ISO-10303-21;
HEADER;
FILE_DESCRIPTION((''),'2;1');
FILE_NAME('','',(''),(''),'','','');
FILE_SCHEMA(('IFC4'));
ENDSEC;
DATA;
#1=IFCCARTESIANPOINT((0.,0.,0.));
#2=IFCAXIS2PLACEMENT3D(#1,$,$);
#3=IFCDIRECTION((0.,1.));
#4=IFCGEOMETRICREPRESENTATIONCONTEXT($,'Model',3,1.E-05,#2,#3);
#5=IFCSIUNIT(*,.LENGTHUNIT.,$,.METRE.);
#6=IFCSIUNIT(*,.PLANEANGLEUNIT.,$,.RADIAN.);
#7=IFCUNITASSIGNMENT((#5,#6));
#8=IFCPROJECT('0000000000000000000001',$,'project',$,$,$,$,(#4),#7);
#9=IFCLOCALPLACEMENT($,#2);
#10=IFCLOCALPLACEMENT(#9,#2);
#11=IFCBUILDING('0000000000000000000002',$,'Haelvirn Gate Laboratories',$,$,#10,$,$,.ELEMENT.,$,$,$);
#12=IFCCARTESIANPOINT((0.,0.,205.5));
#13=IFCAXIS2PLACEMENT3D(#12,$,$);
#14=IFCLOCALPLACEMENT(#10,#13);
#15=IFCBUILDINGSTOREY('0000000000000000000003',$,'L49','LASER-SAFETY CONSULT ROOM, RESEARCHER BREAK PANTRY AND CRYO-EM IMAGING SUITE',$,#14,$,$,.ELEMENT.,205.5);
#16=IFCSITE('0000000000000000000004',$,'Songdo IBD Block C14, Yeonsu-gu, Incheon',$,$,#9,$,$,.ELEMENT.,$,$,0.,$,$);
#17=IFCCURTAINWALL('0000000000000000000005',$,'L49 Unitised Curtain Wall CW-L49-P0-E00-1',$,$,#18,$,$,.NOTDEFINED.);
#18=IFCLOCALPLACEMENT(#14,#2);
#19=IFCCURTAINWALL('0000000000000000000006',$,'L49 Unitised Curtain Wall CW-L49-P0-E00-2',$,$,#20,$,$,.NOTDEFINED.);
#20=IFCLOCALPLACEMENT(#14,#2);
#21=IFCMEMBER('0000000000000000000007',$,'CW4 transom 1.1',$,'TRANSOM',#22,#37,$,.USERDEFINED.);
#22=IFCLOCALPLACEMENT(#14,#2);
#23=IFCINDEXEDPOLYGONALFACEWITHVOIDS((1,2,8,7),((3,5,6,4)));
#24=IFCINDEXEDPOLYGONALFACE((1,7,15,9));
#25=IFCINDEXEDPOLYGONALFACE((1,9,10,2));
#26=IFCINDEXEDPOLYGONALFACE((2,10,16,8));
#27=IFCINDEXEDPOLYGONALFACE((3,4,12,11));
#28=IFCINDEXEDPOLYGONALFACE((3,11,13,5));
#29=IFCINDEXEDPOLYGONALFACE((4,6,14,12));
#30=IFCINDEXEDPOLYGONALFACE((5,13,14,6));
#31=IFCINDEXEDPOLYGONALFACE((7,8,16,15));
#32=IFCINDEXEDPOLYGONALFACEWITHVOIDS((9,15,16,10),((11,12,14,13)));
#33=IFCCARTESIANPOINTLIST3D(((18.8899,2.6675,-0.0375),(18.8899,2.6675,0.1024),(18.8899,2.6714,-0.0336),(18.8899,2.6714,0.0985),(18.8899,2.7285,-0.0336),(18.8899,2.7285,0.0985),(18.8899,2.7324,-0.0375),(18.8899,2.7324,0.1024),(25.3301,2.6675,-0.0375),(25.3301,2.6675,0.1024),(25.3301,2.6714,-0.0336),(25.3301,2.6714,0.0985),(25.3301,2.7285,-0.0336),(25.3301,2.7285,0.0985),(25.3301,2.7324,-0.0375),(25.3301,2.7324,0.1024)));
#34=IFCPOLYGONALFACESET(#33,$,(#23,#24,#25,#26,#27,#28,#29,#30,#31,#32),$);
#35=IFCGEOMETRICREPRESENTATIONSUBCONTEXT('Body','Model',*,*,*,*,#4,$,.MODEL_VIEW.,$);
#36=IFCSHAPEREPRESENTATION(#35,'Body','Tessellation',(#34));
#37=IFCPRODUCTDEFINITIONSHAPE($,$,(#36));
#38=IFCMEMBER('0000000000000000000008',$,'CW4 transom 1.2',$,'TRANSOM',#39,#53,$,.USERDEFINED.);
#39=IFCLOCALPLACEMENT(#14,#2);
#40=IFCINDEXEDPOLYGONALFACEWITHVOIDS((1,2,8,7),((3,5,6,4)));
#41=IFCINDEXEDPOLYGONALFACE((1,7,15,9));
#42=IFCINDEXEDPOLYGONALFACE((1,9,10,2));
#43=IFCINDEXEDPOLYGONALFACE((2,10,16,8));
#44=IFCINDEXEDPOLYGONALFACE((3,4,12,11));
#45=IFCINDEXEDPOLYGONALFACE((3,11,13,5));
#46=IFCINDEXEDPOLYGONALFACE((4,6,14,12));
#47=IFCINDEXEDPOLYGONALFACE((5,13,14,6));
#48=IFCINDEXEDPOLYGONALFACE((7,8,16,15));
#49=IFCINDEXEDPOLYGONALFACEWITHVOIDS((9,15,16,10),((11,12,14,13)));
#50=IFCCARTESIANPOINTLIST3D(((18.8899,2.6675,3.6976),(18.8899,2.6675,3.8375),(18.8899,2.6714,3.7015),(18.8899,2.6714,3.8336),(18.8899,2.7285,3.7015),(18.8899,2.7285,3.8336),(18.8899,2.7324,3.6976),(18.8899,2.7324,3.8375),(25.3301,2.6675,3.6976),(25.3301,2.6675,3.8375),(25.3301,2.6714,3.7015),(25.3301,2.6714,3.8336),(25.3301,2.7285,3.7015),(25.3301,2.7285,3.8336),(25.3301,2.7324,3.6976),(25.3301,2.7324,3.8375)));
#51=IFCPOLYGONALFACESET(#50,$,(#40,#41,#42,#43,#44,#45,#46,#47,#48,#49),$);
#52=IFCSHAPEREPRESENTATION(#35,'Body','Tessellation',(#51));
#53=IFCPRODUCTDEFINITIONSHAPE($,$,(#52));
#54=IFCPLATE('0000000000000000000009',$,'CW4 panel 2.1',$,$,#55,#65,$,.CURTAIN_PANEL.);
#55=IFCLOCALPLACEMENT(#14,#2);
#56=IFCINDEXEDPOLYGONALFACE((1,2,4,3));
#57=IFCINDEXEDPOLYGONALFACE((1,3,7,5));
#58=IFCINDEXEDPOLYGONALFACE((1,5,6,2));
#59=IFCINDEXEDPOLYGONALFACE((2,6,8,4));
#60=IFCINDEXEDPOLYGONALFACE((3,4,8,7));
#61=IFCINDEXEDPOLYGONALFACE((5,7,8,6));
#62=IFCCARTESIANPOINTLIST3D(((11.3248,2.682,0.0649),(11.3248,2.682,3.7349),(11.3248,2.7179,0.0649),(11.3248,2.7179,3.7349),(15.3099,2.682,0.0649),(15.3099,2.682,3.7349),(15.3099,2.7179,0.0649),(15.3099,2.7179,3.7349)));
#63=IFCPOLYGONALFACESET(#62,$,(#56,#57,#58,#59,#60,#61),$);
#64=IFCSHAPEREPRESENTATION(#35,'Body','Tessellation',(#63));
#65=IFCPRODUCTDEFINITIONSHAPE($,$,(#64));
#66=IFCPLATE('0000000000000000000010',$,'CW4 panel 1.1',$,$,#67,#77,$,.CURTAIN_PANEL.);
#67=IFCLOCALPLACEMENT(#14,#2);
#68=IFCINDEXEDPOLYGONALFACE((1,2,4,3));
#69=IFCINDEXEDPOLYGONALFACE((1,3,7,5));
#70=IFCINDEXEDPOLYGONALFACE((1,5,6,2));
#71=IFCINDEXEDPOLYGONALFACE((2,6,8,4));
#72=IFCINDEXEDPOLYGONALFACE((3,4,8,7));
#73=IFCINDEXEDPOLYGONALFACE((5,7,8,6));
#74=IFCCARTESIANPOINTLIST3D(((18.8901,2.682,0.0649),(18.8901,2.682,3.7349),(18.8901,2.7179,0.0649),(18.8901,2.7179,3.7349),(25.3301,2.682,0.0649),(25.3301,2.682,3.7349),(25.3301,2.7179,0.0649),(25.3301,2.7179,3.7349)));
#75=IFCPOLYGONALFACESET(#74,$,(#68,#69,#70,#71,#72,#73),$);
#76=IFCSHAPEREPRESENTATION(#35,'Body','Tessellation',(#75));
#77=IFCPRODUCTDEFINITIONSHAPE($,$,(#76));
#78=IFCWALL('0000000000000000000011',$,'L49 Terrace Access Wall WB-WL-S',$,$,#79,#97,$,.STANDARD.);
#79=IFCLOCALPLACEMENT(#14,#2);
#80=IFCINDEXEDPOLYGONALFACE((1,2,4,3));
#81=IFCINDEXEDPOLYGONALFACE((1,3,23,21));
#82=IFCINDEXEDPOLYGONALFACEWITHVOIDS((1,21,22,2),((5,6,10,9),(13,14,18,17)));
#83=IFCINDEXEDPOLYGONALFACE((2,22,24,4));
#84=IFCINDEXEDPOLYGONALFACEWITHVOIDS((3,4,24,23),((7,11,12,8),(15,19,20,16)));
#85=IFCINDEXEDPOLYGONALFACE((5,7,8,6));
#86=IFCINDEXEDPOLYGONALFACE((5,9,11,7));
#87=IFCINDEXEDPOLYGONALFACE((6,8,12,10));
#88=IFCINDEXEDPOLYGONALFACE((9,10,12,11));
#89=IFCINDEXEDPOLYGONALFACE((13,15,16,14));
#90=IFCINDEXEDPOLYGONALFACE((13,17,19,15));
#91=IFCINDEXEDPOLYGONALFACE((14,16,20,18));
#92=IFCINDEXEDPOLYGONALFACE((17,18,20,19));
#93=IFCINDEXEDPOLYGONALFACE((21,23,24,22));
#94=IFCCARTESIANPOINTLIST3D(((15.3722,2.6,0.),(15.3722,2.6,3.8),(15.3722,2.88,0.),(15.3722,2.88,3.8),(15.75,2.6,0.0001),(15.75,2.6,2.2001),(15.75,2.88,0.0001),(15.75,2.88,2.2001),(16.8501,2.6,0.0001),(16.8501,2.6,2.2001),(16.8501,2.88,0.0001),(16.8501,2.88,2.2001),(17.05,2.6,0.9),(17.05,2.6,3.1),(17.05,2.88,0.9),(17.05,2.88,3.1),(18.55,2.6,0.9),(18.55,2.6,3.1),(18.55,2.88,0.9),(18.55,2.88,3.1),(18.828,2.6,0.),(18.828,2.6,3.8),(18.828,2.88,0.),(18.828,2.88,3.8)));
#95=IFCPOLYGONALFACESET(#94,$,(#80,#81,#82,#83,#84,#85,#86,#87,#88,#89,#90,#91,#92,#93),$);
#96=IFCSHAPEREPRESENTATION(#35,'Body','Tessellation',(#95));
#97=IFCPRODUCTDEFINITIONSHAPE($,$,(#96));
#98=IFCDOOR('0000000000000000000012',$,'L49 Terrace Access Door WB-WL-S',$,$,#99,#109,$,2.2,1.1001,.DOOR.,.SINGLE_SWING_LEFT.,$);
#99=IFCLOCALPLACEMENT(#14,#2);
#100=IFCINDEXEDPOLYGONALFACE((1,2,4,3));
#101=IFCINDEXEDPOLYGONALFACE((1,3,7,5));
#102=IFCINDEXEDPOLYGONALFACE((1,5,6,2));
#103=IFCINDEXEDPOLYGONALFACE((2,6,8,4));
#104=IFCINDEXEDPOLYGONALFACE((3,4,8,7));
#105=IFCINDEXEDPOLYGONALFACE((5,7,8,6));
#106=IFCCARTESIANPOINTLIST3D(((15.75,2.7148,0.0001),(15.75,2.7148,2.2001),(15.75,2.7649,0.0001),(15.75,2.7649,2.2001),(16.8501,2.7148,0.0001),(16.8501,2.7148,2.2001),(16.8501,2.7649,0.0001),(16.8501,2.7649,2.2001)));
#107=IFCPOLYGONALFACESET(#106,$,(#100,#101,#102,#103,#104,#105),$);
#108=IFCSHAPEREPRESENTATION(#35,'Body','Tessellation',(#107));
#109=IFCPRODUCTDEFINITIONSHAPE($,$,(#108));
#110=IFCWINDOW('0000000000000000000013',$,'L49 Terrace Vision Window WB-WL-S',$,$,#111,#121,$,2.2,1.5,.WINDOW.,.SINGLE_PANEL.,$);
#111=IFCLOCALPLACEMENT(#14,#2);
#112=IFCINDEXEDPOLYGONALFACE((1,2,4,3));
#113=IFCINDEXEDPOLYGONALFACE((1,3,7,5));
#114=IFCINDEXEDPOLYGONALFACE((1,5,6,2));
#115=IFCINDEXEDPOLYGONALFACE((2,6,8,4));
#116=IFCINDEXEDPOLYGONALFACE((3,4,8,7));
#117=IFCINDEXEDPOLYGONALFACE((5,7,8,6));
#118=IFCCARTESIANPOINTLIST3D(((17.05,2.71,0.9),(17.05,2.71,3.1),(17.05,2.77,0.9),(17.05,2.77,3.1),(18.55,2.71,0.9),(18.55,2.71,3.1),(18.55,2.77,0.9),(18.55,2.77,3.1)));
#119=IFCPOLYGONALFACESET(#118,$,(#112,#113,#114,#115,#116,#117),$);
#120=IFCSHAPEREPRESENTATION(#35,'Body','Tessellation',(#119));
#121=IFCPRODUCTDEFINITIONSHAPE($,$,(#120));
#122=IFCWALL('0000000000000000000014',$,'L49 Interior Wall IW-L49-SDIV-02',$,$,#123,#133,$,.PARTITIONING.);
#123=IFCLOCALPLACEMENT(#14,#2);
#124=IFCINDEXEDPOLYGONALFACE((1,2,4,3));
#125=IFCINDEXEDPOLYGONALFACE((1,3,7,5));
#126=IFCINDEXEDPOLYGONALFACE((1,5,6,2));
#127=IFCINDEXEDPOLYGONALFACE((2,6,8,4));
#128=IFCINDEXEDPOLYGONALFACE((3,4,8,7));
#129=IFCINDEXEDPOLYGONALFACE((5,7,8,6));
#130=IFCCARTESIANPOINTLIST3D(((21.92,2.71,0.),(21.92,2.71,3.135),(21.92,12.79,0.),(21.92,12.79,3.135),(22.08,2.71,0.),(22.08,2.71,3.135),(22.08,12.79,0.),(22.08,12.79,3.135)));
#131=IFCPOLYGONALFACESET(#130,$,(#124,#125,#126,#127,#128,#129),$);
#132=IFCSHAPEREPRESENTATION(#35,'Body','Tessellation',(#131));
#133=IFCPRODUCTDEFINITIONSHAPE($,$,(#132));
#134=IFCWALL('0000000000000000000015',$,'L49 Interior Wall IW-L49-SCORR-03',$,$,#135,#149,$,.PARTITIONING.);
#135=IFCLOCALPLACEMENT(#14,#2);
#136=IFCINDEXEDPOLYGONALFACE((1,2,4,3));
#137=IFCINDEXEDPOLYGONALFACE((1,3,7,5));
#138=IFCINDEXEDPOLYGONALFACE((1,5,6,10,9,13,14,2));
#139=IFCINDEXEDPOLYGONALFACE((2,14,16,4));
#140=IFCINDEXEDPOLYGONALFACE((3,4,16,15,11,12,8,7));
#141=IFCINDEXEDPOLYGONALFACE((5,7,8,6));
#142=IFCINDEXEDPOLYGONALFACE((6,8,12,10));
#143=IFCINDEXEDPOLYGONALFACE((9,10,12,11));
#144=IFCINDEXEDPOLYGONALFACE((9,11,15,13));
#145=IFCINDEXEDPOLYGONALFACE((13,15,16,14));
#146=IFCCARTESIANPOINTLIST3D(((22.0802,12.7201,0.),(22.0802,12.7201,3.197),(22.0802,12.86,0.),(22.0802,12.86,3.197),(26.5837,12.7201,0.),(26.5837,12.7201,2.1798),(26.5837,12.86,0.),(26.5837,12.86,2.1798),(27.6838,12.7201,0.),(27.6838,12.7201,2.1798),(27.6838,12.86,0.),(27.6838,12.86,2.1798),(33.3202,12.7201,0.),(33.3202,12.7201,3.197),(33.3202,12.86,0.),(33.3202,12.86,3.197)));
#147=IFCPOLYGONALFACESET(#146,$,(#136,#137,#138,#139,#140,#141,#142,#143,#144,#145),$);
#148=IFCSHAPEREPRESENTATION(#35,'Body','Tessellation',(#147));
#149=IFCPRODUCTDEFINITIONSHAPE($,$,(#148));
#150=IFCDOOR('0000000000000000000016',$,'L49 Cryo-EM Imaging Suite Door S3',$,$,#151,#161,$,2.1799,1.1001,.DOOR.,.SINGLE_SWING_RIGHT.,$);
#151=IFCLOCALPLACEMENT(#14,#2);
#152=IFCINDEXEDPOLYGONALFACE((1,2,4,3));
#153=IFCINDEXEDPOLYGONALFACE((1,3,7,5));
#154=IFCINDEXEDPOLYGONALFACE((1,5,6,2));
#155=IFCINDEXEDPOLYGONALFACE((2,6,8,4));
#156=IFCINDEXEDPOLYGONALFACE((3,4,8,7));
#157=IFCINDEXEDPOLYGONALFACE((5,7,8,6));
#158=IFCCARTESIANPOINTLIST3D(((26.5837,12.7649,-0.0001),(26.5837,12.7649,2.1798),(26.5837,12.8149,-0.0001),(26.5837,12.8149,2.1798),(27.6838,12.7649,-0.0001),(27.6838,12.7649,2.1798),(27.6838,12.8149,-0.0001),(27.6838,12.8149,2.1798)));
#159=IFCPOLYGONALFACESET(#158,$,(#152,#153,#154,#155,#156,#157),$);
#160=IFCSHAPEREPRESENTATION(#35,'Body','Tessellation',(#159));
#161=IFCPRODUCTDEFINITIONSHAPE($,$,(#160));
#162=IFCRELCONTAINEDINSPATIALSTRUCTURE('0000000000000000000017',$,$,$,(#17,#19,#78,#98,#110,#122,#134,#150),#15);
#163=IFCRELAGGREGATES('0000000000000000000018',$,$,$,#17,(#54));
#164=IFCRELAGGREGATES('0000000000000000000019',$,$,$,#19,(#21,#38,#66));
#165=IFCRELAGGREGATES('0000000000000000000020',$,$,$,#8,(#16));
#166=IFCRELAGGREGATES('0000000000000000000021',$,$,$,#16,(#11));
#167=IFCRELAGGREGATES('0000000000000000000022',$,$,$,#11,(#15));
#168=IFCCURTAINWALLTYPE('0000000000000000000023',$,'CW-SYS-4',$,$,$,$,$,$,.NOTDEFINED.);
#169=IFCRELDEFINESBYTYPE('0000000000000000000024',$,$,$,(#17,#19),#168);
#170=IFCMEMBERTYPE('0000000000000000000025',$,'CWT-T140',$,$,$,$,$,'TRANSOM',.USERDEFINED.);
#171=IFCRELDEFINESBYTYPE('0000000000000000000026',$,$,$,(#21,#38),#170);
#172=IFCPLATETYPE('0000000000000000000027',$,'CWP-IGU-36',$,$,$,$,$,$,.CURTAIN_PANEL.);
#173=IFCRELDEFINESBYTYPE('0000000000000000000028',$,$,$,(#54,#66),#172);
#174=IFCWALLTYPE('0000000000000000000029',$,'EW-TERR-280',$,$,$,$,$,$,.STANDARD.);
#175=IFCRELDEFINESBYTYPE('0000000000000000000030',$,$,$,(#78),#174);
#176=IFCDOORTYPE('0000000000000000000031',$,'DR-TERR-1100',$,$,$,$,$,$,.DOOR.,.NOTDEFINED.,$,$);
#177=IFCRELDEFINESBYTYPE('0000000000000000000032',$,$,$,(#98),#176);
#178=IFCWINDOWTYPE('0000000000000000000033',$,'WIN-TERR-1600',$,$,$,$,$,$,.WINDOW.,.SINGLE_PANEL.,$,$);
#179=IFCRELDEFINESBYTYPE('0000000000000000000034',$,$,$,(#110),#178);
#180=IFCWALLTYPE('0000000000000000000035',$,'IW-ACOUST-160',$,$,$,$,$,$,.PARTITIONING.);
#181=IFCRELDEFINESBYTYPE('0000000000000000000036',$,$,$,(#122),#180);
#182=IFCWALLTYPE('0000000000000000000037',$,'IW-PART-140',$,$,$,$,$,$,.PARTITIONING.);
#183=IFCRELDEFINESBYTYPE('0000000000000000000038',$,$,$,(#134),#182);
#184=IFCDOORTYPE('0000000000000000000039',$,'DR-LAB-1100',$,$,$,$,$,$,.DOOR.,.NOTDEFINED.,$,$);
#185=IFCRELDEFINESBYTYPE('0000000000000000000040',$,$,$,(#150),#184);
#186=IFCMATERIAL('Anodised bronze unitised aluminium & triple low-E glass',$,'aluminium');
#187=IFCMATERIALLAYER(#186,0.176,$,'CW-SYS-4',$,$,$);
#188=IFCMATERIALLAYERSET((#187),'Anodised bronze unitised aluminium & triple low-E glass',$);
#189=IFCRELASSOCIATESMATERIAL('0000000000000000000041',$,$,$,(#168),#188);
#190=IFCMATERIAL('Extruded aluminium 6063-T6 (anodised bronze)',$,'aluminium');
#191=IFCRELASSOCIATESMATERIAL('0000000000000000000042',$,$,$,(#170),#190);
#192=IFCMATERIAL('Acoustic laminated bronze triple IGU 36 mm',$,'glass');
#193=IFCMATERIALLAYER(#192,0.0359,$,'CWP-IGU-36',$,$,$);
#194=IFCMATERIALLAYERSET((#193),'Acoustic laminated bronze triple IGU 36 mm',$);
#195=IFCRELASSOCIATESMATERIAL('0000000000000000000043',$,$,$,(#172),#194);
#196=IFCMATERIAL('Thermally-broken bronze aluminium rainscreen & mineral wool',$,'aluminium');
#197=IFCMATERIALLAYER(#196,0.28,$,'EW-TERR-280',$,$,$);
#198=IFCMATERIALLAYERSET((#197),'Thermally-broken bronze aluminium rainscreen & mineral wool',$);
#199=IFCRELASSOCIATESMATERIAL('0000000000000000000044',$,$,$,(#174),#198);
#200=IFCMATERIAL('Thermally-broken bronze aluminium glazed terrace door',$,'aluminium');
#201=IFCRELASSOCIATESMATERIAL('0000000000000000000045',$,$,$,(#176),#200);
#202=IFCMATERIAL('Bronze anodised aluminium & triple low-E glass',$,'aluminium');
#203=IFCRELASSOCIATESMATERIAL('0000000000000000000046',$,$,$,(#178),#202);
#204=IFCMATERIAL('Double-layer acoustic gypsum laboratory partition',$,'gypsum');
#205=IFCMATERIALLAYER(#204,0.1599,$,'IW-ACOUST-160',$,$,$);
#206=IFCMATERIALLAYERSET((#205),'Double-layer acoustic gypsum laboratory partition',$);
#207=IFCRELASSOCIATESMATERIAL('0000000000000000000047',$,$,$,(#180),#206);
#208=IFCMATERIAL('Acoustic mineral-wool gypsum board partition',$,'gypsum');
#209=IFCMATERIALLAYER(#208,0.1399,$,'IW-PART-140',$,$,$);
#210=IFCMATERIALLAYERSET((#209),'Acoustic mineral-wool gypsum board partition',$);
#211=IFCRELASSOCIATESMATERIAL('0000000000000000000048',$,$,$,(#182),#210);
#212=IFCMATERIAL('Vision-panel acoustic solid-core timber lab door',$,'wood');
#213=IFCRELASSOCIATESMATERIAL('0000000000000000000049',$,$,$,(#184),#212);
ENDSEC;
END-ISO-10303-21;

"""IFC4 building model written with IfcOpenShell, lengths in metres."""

from ifc_helpers import new_model, si_unit, direction, frame, frame_2d, origin, origin_2d, place, context, subcontext, project, spatial, rectangle, hollow_rectangle, extrude, source, transform, mapped, material, layer, layer_set, material_profile, profile_set, type_object, type_shapes, element, fill, aggregate, save


model = new_model("IFC4")

# Units and contexts
model_context = context("Model", 3, precision=1e-05, world=origin(), true_north=direction((0.0, 1.0)))
body_context = subcontext(model_context, "Body", "Model", "MODEL_VIEW")
ifc_project = project(units=[si_unit("LENGTHUNIT", "METRE"), si_unit("PLANEANGLEUNIT", "RADIAN")], contexts=[model_context])

# Site, building, storey
site_placement = place(None, origin())
site = spatial("IfcSite", under=ifc_project, at=site_placement, Name="Songdo IBD Block C14, Yeonsu-gu, Incheon", CompositionType="ELEMENT", RefElevation=0.0)
building_placement = place(site_placement, origin())
building = spatial("IfcBuilding", under=site, at=building_placement, Name="Haelvirn Gate Laboratories", CompositionType="ELEMENT")
storey_placement = place(building_placement, frame((0.0, 0.0, 205.5)))
storey = spatial("IfcBuildingStorey", under=building, at=storey_placement, Name="L49", Description="LASER-SAFETY CONSULT ROOM, RESEARCHER BREAK PANTRY AND CRYO-EM IMAGING SUITE", CompositionType="ELEMENT", Elevation=205.5)

# Curtain wall
ifc_material_1 = material(Name="Anodised bronze unitised aluminium & triple low-E glass", Category="aluminium")
ifc_layer_1 = layer(ifc_material_1, 0.176, Name="CW-SYS-4")
ifc_layer_set_1 = layer_set([ifc_layer_1], Name="Anodised bronze unitised aluminium & triple low-E glass")
curtain_wall_type = type_object("IfcCurtainWallType", Name="CW-SYS-4", PredefinedType="NOTDEFINED", material=ifc_layer_set_1)
curtain_wall_1_placement = place(storey_placement, origin())
curtain_wall_1 = element("IfcCurtainWall", 1, at=curtain_wall_1_placement, inside=storey, type_object=curtain_wall_type, Name="L49 Unitised Curtain Wall CW-L49-P0-E00-1", PredefinedType="NOTDEFINED")
ifc_material_2 = material(Name="Extruded aluminium 6063-T6 (anodised bronze)", Category="aluminium")

# Curtain wall, members
curtain_wall_2_placement = place(storey_placement, origin())
curtain_wall_2 = element("IfcCurtainWall", 2, at=curtain_wall_2_placement, inside=storey, type_object=curtain_wall_type, Name="L49 Unitised Curtain Wall CW-L49-P0-E00-2", PredefinedType="NOTDEFINED")
ifc_material_profile_1 = material_profile(ifc_material_2, hollow_rectangle(XDim=0.0649, YDim=0.1399, WallThickness=0.0039, at=origin_2d()), Name="CWT-140x65x4")
ifc_profile_set_1 = profile_set([ifc_material_profile_1], Name="Extruded aluminium 6063-T6 (anodised bronze)")
member_type_1 = type_object("IfcMemberType", Name="CWT-T140", ElementType="TRANSOM", PredefinedType="USERDEFINED", material=ifc_profile_set_1)
shared_shape_1 = source(origin(), body_context, "Body", "SweptSolid", [
    extrude(hollow_rectangle(XDim=0.0649, YDim=0.1399, WallThickness=0.0039, at=origin_2d()), origin(), (0.0, 0.0, 1.0), 6.4402),
])
type_shapes(member_type_1, [shared_shape_1])
member_1_placement = place(storey_placement, frame((18.8899, 2.7, 0.0325), z_axis=(1.0, 0.0, 0.0), x_axis=(0.0, 1.0, 0.0)))
member_1 = element("IfcMember", 3, at=member_1_placement, type_object=member_type_1, Name="CW4 transom 1.1", ObjectType="TRANSOM", PredefinedType="USERDEFINED", context=body_context, shape_type="MappedRepresentation", body=[
    mapped(shared_shape_1, transform((0.0, 0.0, 0.0), scale=1.0)),
])
member_2_placement = place(storey_placement, frame((18.8899, 2.7, 3.7676), z_axis=(1.0, 0.0, 0.0), x_axis=(0.0, 1.0, 0.0)))
member_2 = element("IfcMember", 4, at=member_2_placement, type_object=member_type_1, Name="CW4 transom 1.2", ObjectType="TRANSOM", PredefinedType="USERDEFINED", context=body_context, shape_type="MappedRepresentation", body=[
    mapped(shared_shape_1, transform((0.0, 0.0, 0.0), scale=1.0)),
])

# Plates
ifc_material_3 = material(Name="Acoustic laminated bronze triple IGU 36 mm", Category="glass")
ifc_layer_2 = layer(ifc_material_3, 0.0359, Name="CWP-IGU-36")
ifc_layer_set_2 = layer_set([ifc_layer_2], Name="Acoustic laminated bronze triple IGU 36 mm")
plate_type = type_object("IfcPlateType", Name="CWP-IGU-36", PredefinedType="CURTAIN_PANEL", material=ifc_layer_set_2)
shared_shape_2 = source(origin(), body_context, "Body", "SweptSolid", [
    extrude(rectangle(XDim=3.9851, YDim=0.0359, at=origin_2d()), origin(), (0.0, 0.0, 1.0), 3.6699),
])
plate_1_placement = place(storey_placement, frame((13.3174, 2.7, 0.0649), z_axis=(0.0, 0.0, 1.0), x_axis=(1.0, 0.0, 0.0)))
plate_1 = element("IfcPlate", 5, at=plate_1_placement, type_object=plate_type, Name="CW4 panel 2.1", PredefinedType="CURTAIN_PANEL", context=body_context, shape_type="MappedRepresentation", body=[
    mapped(shared_shape_2, transform((0.0, 0.0, 0.0), scale=1.0)),
])
aggregate(curtain_wall_1, [plate_1])
shared_shape_3 = source(origin(), body_context, "Body", "SweptSolid", [
    extrude(rectangle(XDim=6.4399, YDim=0.0359, at=origin_2d()), origin(), (0.0, 0.0, 1.0), 3.6699),
])
type_shapes(plate_type, [shared_shape_2, shared_shape_3])
plate_2_placement = place(storey_placement, frame((22.1101, 2.7, 0.0649), z_axis=(0.0, 0.0, 1.0), x_axis=(1.0, 0.0, 0.0)))
plate_2 = element("IfcPlate", 6, at=plate_2_placement, type_object=plate_type, Name="CW4 panel 1.1", PredefinedType="CURTAIN_PANEL", context=body_context, shape_type="MappedRepresentation", body=[
    mapped(shared_shape_3, transform((0.0, 0.0, 0.0), scale=1.0)),
])
aggregate(curtain_wall_2, [member_1, member_2, plate_2])

# Wall, openings, door, window
ifc_material_4 = material(Name="Thermally-broken bronze aluminium rainscreen & mineral wool", Category="aluminium")
ifc_layer_3 = layer(ifc_material_4, 0.28, Name="EW-TERR-280")
ifc_layer_set_3 = layer_set([ifc_layer_3], Name="Thermally-broken bronze aluminium rainscreen & mineral wool")
wall_type_1 = type_object("IfcWallType", Name="EW-TERR-280", PredefinedType="STANDARD", material=ifc_layer_set_3)
wall_1_placement = place(storey_placement, frame((15.3721, 2.74, 0.0), z_axis=(0.0, 0.0, 1.0), x_axis=(1.0, 0.0, 0.0)))
wall_1 = element("IfcWall", 7, at=wall_1_placement, inside=storey, type_object=wall_type_1, Name="L49 Terrace Access Wall WB-WL-S", PredefinedType="STANDARD", context=body_context, shape_type="SweptSolid", body=[
    extrude(rectangle(XDim=3.4558, YDim=0.28, at=frame_2d((1.728, 0.0))), origin(), (0.0, 0.0, 1.0), 3.8),
])
opening_1_placement = place(wall_1_placement, frame((0.3779, 0.0, 0.0)))
opening_1 = element("IfcOpeningElement", 8, at=opening_1_placement, cuts=wall_1, PredefinedType="OPENING", context=body_context, shape_type="SweptSolid", body=[
    extrude(rectangle(XDim=1.1001, YDim=2.2, at=frame_2d((0.55, 1.1001))), frame((0.0, 0.1499, 0.0), z_axis=(0.0, -1.0, 0.0), x_axis=(1.0, 0.0, 0.0)), (0.0, 0.0, 1.0), 0.3),
])
opening_2_placement = place(wall_1_placement, frame((1.678, 0.0, 0.8999)))
opening_2 = element("IfcOpeningElement", 9, at=opening_2_placement, cuts=wall_1, PredefinedType="OPENING", context=body_context, shape_type="SweptSolid", body=[
    extrude(rectangle(XDim=1.5, YDim=2.2, at=frame_2d((0.75, 1.1001))), frame((0.0, 0.1499, 0.0), z_axis=(0.0, -1.0, 0.0), x_axis=(1.0, 0.0, 0.0)), (0.0, 0.0, 1.0), 0.3),
])
ifc_material_5 = material(Name="Thermally-broken bronze aluminium glazed terrace door", Category="aluminium")
door_type_1 = type_object("IfcDoorType", Name="DR-TERR-1100", OperationType="NOTDEFINED", PredefinedType="DOOR", material=ifc_material_5)
shared_shape_4 = source(origin(), body_context, "Body", "SweptSolid", [
    extrude(rectangle(XDim=1.1001, YDim=2.2, at=frame_2d((0.55, 1.1001))), frame((0.0, 0.0249, 0.0), z_axis=(0.0, -1.0, 0.0), x_axis=(1.0, 0.0, 0.0)), (0.0, 0.0, 1.0), 0.05),
])
type_shapes(door_type_1, [shared_shape_4])
door_1_placement = place(opening_1_placement, origin())
door_1 = element("IfcDoor", 10, at=door_1_placement, inside=storey, type_object=door_type_1, Name="L49 Terrace Access Door WB-WL-S", OperationType="SINGLE_SWING_LEFT", OverallHeight=2.2, OverallWidth=1.1001, PredefinedType="DOOR", context=body_context, shape_type="MappedRepresentation", body=[
    mapped(shared_shape_4, transform((0.0, 0.0, 0.0), scale=1.0)),
])
fill(opening_1, door_1)
ifc_material_6 = material(Name="Bronze anodised aluminium & triple low-E glass", Category="aluminium")
window_type = type_object("IfcWindowType", Name="WIN-TERR-1600", PartitioningType="SINGLE_PANEL", PredefinedType="WINDOW", material=ifc_material_6)
shared_shape_5 = source(origin(), body_context, "Body", "SweptSolid", [
    extrude(rectangle(XDim=1.5, YDim=2.2, at=frame_2d((0.75, 1.1001))), frame((0.0, 0.03, 0.0), z_axis=(0.0, -1.0, 0.0), x_axis=(1.0, 0.0, 0.0)), (0.0, 0.0, 1.0), 0.0601),
])
type_shapes(window_type, [shared_shape_5])
window_placement = place(opening_2_placement, origin())
window = element("IfcWindow", 11, at=window_placement, inside=storey, type_object=window_type, Name="L49 Terrace Vision Window WB-WL-S", OverallHeight=2.2, OverallWidth=1.5, PartitioningType="SINGLE_PANEL", PredefinedType="WINDOW", context=body_context, shape_type="MappedRepresentation", body=[
    mapped(shared_shape_5, transform((0.0, 0.0, 0.0), scale=1.0)),
])
fill(opening_2, window)

# Wall
ifc_material_7 = material(Name="Double-layer acoustic gypsum laboratory partition", Category="gypsum")
ifc_layer_4 = layer(ifc_material_7, 0.1599, Name="IW-ACOUST-160")
ifc_layer_set_4 = layer_set([ifc_layer_4], Name="Double-layer acoustic gypsum laboratory partition")
wall_type_2 = type_object("IfcWallType", Name="IW-ACOUST-160", PredefinedType="PARTITIONING", material=ifc_layer_set_4)
wall_2_placement = place(storey_placement, frame((22.0, 2.71, 0.0), z_axis=(0.0, 0.0, 1.0), x_axis=(0.0, 1.0, 0.0)))
element("IfcWall", 12, at=wall_2_placement, inside=storey, type_object=wall_type_2, Name="L49 Interior Wall IW-L49-SDIV-02", PredefinedType="PARTITIONING", context=body_context, shape_type="SweptSolid", body=[
    extrude(rectangle(XDim=10.0801, YDim=0.1599, at=frame_2d((5.04, 0.0))), origin(), (0.0, 0.0, 1.0), 3.135),
])

# Wall, opening, door
ifc_material_8 = material(Name="Acoustic mineral-wool gypsum board partition", Category="gypsum")
ifc_layer_5 = layer(ifc_material_8, 0.1399, Name="IW-PART-140")
ifc_layer_set_5 = layer_set([ifc_layer_5], Name="Acoustic mineral-wool gypsum board partition")
wall_type_3 = type_object("IfcWallType", Name="IW-PART-140", PredefinedType="PARTITIONING", material=ifc_layer_set_5)
wall_3_placement = place(storey_placement, frame((22.0801, 12.79, 0.0), z_axis=(0.0, 0.0, 1.0), x_axis=(1.0, 0.0, 0.0)))
wall_3 = element("IfcWall", 13, at=wall_3_placement, inside=storey, type_object=wall_type_3, Name="L49 Interior Wall IW-L49-SCORR-03", PredefinedType="PARTITIONING", context=body_context, shape_type="SweptSolid", body=[
    extrude(rectangle(XDim=11.24, YDim=0.1399, at=frame_2d((5.6201, 0.0))), origin(), (0.0, 0.0, 1.0), 3.197),
])
opening_3_placement = place(wall_3_placement, frame((4.5037, 0.0, 0.0)))
opening_3 = element("IfcOpeningElement", 14, at=opening_3_placement, cuts=wall_3, PredefinedType="OPENING", context=body_context, shape_type="SweptSolid", body=[
    extrude(rectangle(XDim=1.1001, YDim=2.1799, at=frame_2d((0.55, 1.0898))), frame((0.0, 0.0801, 0.0), z_axis=(0.0, -1.0, 0.0), x_axis=(1.0, 0.0, 0.0)), (0.0, 0.0, 1.0), 0.1599),
])
ifc_material_9 = material(Name="Vision-panel acoustic solid-core timber lab door", Category="wood")
door_type_2 = type_object("IfcDoorType", Name="DR-LAB-1100", OperationType="NOTDEFINED", PredefinedType="DOOR", material=ifc_material_9)
shared_shape_6 = source(origin(), body_context, "Body", "SweptSolid", [
    extrude(rectangle(XDim=1.1001, YDim=2.1799, at=frame_2d((0.55, 1.0898))), frame((0.0, 0.0249, 0.0), z_axis=(0.0, -1.0, 0.0), x_axis=(1.0, 0.0, 0.0)), (0.0, 0.0, 1.0), 0.05),
])
type_shapes(door_type_2, [shared_shape_6])
door_2_placement = place(opening_3_placement, origin())
door_2 = element("IfcDoor", 15, at=door_2_placement, inside=storey, type_object=door_type_2, Name="L49 Cryo-EM Imaging Suite Door S3", OperationType="SINGLE_SWING_RIGHT", OverallHeight=2.1799, OverallWidth=1.1001, PredefinedType="DOOR", context=body_context, shape_type="MappedRepresentation", body=[
    mapped(shared_shape_6, transform((0.0, 0.0, 0.0), scale=1.0)),
])
fill(opening_3, door_2)

save(model, "model.ifc")
